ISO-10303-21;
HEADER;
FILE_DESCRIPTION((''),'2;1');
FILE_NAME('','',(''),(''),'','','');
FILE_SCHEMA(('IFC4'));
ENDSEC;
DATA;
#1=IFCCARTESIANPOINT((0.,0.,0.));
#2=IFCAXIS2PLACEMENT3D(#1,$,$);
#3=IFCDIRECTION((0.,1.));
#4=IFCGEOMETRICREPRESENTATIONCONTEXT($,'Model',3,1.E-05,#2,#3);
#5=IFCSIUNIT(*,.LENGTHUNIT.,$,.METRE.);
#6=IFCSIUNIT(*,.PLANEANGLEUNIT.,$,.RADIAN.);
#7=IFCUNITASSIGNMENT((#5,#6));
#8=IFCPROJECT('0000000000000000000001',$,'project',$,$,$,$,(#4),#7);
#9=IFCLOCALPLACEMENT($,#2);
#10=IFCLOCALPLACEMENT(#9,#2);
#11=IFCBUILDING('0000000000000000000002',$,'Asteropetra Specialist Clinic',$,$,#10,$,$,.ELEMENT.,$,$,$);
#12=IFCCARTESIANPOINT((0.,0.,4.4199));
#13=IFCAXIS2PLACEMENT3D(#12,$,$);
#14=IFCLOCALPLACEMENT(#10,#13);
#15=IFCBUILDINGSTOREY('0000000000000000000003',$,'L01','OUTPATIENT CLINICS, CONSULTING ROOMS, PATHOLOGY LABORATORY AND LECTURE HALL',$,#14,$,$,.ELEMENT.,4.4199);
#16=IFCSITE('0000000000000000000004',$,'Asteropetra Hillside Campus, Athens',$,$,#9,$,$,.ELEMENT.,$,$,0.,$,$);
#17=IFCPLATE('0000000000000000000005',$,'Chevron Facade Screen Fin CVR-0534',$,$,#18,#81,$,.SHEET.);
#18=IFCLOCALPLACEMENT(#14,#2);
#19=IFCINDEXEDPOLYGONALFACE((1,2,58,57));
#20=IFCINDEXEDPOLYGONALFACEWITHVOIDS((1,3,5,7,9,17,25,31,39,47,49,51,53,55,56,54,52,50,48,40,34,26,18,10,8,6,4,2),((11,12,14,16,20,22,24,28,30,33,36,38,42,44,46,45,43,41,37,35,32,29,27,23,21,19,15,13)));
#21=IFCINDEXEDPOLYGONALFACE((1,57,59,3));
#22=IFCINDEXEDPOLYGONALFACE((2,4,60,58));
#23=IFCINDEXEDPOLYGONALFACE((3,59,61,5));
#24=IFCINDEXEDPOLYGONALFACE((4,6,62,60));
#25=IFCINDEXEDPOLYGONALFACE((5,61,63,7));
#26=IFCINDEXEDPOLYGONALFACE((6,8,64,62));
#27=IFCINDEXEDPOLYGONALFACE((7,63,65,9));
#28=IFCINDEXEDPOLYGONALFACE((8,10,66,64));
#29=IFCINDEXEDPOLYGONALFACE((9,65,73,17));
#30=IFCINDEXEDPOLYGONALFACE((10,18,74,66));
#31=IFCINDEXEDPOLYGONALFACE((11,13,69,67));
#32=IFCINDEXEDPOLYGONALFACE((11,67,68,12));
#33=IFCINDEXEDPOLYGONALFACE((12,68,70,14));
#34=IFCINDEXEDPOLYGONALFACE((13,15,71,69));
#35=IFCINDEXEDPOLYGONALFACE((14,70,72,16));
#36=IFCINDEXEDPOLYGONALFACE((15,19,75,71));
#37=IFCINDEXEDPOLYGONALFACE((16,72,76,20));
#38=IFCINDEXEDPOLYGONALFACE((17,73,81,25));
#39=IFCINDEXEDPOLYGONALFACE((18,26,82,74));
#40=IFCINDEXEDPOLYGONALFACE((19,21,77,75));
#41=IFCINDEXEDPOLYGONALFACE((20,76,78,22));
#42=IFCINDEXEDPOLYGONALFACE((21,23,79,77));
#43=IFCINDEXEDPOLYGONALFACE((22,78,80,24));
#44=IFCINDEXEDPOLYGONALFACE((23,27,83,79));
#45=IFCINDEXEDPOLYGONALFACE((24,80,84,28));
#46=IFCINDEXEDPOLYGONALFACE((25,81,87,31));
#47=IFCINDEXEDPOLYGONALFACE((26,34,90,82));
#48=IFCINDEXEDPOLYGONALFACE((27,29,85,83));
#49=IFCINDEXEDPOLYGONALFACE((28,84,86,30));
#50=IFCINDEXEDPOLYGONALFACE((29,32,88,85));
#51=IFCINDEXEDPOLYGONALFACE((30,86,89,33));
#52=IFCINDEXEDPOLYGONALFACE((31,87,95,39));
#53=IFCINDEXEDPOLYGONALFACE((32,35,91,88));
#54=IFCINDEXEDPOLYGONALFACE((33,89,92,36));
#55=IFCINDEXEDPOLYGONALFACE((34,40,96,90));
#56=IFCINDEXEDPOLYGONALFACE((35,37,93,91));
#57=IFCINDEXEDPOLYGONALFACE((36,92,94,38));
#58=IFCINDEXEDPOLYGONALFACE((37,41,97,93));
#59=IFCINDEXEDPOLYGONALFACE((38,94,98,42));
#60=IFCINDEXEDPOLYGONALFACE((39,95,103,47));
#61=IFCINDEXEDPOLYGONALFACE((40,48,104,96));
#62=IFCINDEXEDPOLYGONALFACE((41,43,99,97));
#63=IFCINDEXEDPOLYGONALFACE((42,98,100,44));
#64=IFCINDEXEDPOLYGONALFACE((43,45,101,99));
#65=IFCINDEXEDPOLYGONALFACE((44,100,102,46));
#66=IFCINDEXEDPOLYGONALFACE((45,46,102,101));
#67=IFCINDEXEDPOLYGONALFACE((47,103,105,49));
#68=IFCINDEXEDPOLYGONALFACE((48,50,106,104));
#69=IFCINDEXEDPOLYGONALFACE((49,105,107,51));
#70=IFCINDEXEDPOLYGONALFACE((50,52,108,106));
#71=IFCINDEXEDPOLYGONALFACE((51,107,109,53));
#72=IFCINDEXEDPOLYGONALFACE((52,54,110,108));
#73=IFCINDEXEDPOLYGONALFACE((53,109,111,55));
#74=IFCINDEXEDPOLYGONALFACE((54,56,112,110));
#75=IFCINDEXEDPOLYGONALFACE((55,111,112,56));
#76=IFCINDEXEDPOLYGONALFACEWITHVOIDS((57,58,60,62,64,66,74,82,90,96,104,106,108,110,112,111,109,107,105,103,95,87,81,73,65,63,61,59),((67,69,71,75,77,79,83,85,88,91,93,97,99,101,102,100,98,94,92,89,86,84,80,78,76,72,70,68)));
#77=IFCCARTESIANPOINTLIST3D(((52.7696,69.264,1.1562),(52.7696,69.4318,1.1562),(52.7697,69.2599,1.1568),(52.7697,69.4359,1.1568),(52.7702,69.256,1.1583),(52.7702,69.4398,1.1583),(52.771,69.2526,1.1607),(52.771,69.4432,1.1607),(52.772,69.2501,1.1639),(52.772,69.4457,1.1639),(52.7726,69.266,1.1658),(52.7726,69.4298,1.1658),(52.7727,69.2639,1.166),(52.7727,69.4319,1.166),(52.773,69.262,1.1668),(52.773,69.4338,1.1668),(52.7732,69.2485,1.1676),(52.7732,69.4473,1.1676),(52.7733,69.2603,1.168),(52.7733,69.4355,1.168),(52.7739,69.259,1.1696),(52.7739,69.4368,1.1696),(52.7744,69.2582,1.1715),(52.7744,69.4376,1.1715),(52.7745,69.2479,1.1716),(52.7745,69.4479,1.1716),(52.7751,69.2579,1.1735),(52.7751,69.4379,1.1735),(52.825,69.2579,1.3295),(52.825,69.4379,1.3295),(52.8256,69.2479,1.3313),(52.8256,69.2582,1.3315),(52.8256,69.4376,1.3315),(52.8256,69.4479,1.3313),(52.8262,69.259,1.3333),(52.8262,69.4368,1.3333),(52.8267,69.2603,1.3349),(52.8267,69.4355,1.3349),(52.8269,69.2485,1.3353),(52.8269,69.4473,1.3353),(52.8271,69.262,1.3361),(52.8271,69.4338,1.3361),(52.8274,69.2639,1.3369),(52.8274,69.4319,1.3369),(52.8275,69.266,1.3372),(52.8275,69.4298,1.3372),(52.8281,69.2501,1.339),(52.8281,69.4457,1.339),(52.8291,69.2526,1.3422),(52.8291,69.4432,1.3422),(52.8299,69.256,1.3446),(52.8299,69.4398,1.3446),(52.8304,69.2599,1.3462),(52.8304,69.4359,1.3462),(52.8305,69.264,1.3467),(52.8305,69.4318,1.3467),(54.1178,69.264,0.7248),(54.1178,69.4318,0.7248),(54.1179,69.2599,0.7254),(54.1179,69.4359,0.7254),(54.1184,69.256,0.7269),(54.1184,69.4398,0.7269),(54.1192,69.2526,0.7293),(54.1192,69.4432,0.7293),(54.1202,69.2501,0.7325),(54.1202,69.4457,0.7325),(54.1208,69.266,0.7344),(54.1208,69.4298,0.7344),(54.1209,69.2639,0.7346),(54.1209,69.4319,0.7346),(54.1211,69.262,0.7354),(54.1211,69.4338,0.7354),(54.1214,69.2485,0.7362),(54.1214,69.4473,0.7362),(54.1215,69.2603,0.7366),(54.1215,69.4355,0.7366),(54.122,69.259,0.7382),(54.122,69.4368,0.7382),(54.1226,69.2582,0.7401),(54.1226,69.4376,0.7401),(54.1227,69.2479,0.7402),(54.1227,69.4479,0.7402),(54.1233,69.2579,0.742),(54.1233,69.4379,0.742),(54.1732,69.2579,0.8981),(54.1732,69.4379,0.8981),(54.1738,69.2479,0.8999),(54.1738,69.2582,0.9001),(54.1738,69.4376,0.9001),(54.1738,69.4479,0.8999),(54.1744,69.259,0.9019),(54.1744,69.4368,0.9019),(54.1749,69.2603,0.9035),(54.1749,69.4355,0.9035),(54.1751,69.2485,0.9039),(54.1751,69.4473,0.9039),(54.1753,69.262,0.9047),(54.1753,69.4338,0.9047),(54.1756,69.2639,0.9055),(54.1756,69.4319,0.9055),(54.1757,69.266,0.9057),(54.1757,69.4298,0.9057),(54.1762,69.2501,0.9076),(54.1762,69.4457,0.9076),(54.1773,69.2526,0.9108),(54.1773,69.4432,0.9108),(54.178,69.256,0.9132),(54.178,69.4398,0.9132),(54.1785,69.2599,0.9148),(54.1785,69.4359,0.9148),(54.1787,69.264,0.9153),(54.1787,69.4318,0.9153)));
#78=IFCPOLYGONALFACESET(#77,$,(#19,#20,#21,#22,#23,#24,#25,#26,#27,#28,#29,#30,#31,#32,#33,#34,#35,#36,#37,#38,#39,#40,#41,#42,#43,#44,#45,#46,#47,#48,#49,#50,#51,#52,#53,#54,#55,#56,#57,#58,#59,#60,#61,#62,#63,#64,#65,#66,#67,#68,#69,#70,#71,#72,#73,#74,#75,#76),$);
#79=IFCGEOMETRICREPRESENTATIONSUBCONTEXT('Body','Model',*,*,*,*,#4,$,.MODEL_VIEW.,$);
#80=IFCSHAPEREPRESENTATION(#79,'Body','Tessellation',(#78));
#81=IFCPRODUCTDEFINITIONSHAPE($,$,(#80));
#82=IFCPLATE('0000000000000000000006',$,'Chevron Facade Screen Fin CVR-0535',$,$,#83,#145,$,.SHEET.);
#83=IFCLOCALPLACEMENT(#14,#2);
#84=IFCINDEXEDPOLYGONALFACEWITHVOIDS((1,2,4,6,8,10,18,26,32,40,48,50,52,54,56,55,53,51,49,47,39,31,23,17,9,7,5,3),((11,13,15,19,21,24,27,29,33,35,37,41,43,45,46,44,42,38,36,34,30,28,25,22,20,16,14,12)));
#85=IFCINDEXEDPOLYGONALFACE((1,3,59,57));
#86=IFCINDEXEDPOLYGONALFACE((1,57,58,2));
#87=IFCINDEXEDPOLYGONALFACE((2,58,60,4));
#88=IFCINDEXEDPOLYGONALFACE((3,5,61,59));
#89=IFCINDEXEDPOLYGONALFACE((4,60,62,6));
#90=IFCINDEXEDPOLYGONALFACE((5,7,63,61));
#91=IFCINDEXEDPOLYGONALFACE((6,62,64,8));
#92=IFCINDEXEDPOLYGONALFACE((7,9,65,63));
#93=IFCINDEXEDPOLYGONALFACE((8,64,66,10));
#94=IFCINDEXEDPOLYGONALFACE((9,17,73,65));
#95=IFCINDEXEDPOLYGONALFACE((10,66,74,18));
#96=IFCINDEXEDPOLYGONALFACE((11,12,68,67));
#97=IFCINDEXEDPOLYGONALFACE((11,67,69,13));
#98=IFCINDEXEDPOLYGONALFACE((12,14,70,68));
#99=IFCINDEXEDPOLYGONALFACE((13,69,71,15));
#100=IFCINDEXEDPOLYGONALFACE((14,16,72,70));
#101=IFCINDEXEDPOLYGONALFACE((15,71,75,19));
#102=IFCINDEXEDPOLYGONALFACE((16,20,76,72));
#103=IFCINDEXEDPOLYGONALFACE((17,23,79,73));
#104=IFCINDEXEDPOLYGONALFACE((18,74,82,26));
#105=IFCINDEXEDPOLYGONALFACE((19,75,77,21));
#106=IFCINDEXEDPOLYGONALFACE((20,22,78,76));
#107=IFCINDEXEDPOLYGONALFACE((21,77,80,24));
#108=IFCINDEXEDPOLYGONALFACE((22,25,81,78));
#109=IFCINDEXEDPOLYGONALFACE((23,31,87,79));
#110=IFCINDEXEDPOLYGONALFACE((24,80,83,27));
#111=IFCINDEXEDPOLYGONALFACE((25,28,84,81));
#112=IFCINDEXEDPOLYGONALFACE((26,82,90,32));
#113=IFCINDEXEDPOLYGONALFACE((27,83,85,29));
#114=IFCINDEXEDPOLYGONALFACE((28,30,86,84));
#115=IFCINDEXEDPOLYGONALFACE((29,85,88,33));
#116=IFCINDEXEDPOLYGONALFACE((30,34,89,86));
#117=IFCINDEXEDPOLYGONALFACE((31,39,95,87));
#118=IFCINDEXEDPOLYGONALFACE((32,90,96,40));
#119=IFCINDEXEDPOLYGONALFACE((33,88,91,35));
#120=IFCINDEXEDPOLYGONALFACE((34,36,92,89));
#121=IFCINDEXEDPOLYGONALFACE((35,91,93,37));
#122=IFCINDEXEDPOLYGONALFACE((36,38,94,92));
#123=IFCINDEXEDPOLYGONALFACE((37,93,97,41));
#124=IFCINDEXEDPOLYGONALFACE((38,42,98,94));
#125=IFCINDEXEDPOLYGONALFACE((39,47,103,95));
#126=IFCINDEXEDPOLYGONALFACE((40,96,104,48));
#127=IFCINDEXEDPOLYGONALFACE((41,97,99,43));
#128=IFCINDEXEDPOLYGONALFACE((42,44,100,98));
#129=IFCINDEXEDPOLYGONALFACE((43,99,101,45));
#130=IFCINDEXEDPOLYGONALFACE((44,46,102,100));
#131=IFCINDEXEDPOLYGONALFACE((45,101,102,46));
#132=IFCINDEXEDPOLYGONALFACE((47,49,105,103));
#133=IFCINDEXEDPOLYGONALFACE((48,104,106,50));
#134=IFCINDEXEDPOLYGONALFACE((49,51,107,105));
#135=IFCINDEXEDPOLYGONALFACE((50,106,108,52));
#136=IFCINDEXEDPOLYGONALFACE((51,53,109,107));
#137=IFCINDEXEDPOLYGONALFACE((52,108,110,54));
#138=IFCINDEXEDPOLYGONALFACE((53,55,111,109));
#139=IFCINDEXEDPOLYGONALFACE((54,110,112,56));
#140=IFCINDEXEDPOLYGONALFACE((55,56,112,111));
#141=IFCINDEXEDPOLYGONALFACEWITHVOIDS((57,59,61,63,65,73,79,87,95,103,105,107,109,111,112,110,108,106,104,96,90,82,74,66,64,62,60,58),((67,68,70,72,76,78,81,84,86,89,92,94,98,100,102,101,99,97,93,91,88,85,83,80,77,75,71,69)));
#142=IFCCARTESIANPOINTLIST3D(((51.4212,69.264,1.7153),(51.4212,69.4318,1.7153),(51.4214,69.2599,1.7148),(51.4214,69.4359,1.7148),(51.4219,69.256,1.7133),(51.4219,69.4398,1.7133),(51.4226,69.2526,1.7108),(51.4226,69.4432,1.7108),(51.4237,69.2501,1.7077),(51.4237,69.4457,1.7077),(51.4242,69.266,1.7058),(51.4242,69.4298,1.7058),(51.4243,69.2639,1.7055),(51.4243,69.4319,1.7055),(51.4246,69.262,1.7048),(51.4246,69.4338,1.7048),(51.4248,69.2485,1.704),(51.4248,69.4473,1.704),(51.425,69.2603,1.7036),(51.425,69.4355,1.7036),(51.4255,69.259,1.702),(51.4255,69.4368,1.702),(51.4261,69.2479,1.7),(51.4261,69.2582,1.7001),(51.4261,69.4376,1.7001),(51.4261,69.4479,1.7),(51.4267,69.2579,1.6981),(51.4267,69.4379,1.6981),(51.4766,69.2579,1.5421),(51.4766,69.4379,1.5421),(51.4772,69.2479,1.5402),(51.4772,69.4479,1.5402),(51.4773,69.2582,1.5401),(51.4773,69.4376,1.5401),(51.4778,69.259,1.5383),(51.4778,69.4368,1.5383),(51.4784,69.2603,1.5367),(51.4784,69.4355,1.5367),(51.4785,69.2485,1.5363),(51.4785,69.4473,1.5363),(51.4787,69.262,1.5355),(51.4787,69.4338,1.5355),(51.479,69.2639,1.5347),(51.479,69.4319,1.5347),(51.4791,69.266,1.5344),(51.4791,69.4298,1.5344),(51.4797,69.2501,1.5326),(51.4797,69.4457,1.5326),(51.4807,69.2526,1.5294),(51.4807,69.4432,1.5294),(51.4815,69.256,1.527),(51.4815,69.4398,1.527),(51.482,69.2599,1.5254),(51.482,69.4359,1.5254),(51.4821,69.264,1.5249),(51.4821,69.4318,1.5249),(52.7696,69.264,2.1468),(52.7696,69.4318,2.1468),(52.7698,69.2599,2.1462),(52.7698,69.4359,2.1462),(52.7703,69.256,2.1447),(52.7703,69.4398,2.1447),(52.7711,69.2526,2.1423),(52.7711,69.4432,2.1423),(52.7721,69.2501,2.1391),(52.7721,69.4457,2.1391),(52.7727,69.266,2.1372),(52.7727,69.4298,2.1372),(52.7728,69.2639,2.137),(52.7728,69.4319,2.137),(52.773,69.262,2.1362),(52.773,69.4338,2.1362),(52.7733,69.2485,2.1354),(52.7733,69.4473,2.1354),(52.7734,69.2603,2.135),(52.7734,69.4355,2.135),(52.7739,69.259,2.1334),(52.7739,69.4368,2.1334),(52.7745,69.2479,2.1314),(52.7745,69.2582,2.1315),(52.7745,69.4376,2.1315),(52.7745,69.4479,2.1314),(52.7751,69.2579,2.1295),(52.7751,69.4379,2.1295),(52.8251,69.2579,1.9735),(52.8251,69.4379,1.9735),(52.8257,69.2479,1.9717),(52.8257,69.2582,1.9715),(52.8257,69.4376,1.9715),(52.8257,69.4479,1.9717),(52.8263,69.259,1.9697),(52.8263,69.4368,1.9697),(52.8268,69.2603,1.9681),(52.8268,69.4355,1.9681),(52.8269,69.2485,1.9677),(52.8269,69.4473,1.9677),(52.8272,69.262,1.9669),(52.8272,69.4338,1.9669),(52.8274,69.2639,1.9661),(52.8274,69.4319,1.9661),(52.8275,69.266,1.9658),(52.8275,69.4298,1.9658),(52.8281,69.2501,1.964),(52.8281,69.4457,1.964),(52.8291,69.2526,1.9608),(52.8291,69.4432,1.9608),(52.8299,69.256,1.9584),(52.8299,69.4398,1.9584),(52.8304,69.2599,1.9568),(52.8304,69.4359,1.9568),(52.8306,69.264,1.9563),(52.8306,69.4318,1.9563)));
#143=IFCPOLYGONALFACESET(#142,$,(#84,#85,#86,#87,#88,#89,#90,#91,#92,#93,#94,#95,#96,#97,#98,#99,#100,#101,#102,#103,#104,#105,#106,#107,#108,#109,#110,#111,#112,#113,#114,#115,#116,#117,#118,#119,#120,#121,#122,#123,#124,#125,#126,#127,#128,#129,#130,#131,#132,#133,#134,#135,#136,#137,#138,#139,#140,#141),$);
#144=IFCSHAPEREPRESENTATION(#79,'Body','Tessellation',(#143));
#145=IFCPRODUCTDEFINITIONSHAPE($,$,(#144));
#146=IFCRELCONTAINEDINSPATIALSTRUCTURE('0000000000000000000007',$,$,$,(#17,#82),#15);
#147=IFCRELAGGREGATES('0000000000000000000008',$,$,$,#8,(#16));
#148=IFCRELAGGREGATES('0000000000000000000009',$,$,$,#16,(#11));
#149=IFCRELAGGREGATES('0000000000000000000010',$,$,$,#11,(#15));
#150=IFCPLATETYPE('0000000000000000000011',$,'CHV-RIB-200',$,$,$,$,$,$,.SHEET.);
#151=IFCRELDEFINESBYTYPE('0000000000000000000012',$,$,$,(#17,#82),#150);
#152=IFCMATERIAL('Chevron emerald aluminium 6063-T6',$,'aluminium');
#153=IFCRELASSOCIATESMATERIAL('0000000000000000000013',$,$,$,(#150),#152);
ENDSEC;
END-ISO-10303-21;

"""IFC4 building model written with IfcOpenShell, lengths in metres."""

from ifc_helpers import new_model, si_unit, direction, frame, origin, origin_2d, place, context, subcontext, project, spatial, hollow_rectangle, extrude, material, material_profile, profile_set, type_object, element, save


model = new_model("IFC4")

# Units and contexts
model_context = context("Model", 3, precision=1e-05, world=origin(), true_north=direction((0.0, 1.0)))
body_context = subcontext(model_context, "Body", "Model", "MODEL_VIEW")
ifc_project = project(units=[si_unit("LENGTHUNIT", "METRE"), si_unit("PLANEANGLEUNIT", "RADIAN")], contexts=[model_context])

# Site, building, storey
site_placement = place(None, origin())
site = spatial("IfcSite", under=ifc_project, at=site_placement, Name="Asteropetra Hillside Campus, Athens", CompositionType="ELEMENT", RefElevation=0.0)
building_placement = place(site_placement, origin())
building = spatial("IfcBuilding", under=site, at=building_placement, Name="Asteropetra Specialist Clinic", CompositionType="ELEMENT")
storey_placement = place(building_placement, frame((0.0, 0.0, 4.4199)))
storey = spatial("IfcBuildingStorey", under=building, at=storey_placement, Name="L01", Description="OUTPATIENT CLINICS, CONSULTING ROOMS, PATHOLOGY LABORATORY AND LECTURE HALL", CompositionType="ELEMENT", Elevation=4.4199)

# Plates
ifc_material_1 = material(Name="Chevron emerald aluminium 6063-T6", Category="aluminium")
ifc_material_profile_1 = material_profile(ifc_material_1, hollow_rectangle(XDim=0.2, YDim=0.2, WallThickness=0.01, InnerFilletRadius=0.0081, OuterFilletRadius=0.0161, at=origin_2d()), Name="SHS 200x200x10.0")
ifc_profile_set_1 = profile_set([ifc_material_profile_1], Name="Chevron emerald aluminium 6063-T6")
plate_type_1 = type_object("IfcPlateType", Name="CHV-RIB-200", PredefinedType="SHEET", material=ifc_profile_set_1)
plate_1_placement = place(storey_placement, frame((52.8, 69.3479, 1.2515), z_axis=(0.952426, 0.0, -0.304769), x_axis=(0.0, 1.0, 0.0)))
element("IfcPlate", 1, at=plate_1_placement, inside=storey, type_object=plate_type_1, Name="Chevron Facade Screen Fin CVR-0534", PredefinedType="SHEET", context=body_context, shape_type="SweptSolid", body=[
    extrude(hollow_rectangle(XDim=0.2, YDim=0.2, WallThickness=0.01, InnerFilletRadius=0.0081, OuterFilletRadius=0.0161, at=origin_2d()), origin(), (0.0, 0.0, 1.0), 1.4155),
])
plate_2_placement = place(storey_placement, frame((51.4517, 69.3479, 1.6201), z_axis=(0.952442, 0.0, 0.304719), x_axis=(0.0, 1.0, 0.0)))
element("IfcPlate", 2, at=plate_2_placement, inside=storey, type_object=plate_type_1, Name="Chevron Facade Screen Fin CVR-0535", PredefinedType="SHEET", context=body_context, shape_type="SweptSolid", body=[
    extrude(hollow_rectangle(XDim=0.2, YDim=0.2, WallThickness=0.01, InnerFilletRadius=0.0081, OuterFilletRadius=0.0161, at=origin_2d()), origin(), (0.0, 0.0, 1.0), 1.4158),
])

save(model, "model.ifc")
